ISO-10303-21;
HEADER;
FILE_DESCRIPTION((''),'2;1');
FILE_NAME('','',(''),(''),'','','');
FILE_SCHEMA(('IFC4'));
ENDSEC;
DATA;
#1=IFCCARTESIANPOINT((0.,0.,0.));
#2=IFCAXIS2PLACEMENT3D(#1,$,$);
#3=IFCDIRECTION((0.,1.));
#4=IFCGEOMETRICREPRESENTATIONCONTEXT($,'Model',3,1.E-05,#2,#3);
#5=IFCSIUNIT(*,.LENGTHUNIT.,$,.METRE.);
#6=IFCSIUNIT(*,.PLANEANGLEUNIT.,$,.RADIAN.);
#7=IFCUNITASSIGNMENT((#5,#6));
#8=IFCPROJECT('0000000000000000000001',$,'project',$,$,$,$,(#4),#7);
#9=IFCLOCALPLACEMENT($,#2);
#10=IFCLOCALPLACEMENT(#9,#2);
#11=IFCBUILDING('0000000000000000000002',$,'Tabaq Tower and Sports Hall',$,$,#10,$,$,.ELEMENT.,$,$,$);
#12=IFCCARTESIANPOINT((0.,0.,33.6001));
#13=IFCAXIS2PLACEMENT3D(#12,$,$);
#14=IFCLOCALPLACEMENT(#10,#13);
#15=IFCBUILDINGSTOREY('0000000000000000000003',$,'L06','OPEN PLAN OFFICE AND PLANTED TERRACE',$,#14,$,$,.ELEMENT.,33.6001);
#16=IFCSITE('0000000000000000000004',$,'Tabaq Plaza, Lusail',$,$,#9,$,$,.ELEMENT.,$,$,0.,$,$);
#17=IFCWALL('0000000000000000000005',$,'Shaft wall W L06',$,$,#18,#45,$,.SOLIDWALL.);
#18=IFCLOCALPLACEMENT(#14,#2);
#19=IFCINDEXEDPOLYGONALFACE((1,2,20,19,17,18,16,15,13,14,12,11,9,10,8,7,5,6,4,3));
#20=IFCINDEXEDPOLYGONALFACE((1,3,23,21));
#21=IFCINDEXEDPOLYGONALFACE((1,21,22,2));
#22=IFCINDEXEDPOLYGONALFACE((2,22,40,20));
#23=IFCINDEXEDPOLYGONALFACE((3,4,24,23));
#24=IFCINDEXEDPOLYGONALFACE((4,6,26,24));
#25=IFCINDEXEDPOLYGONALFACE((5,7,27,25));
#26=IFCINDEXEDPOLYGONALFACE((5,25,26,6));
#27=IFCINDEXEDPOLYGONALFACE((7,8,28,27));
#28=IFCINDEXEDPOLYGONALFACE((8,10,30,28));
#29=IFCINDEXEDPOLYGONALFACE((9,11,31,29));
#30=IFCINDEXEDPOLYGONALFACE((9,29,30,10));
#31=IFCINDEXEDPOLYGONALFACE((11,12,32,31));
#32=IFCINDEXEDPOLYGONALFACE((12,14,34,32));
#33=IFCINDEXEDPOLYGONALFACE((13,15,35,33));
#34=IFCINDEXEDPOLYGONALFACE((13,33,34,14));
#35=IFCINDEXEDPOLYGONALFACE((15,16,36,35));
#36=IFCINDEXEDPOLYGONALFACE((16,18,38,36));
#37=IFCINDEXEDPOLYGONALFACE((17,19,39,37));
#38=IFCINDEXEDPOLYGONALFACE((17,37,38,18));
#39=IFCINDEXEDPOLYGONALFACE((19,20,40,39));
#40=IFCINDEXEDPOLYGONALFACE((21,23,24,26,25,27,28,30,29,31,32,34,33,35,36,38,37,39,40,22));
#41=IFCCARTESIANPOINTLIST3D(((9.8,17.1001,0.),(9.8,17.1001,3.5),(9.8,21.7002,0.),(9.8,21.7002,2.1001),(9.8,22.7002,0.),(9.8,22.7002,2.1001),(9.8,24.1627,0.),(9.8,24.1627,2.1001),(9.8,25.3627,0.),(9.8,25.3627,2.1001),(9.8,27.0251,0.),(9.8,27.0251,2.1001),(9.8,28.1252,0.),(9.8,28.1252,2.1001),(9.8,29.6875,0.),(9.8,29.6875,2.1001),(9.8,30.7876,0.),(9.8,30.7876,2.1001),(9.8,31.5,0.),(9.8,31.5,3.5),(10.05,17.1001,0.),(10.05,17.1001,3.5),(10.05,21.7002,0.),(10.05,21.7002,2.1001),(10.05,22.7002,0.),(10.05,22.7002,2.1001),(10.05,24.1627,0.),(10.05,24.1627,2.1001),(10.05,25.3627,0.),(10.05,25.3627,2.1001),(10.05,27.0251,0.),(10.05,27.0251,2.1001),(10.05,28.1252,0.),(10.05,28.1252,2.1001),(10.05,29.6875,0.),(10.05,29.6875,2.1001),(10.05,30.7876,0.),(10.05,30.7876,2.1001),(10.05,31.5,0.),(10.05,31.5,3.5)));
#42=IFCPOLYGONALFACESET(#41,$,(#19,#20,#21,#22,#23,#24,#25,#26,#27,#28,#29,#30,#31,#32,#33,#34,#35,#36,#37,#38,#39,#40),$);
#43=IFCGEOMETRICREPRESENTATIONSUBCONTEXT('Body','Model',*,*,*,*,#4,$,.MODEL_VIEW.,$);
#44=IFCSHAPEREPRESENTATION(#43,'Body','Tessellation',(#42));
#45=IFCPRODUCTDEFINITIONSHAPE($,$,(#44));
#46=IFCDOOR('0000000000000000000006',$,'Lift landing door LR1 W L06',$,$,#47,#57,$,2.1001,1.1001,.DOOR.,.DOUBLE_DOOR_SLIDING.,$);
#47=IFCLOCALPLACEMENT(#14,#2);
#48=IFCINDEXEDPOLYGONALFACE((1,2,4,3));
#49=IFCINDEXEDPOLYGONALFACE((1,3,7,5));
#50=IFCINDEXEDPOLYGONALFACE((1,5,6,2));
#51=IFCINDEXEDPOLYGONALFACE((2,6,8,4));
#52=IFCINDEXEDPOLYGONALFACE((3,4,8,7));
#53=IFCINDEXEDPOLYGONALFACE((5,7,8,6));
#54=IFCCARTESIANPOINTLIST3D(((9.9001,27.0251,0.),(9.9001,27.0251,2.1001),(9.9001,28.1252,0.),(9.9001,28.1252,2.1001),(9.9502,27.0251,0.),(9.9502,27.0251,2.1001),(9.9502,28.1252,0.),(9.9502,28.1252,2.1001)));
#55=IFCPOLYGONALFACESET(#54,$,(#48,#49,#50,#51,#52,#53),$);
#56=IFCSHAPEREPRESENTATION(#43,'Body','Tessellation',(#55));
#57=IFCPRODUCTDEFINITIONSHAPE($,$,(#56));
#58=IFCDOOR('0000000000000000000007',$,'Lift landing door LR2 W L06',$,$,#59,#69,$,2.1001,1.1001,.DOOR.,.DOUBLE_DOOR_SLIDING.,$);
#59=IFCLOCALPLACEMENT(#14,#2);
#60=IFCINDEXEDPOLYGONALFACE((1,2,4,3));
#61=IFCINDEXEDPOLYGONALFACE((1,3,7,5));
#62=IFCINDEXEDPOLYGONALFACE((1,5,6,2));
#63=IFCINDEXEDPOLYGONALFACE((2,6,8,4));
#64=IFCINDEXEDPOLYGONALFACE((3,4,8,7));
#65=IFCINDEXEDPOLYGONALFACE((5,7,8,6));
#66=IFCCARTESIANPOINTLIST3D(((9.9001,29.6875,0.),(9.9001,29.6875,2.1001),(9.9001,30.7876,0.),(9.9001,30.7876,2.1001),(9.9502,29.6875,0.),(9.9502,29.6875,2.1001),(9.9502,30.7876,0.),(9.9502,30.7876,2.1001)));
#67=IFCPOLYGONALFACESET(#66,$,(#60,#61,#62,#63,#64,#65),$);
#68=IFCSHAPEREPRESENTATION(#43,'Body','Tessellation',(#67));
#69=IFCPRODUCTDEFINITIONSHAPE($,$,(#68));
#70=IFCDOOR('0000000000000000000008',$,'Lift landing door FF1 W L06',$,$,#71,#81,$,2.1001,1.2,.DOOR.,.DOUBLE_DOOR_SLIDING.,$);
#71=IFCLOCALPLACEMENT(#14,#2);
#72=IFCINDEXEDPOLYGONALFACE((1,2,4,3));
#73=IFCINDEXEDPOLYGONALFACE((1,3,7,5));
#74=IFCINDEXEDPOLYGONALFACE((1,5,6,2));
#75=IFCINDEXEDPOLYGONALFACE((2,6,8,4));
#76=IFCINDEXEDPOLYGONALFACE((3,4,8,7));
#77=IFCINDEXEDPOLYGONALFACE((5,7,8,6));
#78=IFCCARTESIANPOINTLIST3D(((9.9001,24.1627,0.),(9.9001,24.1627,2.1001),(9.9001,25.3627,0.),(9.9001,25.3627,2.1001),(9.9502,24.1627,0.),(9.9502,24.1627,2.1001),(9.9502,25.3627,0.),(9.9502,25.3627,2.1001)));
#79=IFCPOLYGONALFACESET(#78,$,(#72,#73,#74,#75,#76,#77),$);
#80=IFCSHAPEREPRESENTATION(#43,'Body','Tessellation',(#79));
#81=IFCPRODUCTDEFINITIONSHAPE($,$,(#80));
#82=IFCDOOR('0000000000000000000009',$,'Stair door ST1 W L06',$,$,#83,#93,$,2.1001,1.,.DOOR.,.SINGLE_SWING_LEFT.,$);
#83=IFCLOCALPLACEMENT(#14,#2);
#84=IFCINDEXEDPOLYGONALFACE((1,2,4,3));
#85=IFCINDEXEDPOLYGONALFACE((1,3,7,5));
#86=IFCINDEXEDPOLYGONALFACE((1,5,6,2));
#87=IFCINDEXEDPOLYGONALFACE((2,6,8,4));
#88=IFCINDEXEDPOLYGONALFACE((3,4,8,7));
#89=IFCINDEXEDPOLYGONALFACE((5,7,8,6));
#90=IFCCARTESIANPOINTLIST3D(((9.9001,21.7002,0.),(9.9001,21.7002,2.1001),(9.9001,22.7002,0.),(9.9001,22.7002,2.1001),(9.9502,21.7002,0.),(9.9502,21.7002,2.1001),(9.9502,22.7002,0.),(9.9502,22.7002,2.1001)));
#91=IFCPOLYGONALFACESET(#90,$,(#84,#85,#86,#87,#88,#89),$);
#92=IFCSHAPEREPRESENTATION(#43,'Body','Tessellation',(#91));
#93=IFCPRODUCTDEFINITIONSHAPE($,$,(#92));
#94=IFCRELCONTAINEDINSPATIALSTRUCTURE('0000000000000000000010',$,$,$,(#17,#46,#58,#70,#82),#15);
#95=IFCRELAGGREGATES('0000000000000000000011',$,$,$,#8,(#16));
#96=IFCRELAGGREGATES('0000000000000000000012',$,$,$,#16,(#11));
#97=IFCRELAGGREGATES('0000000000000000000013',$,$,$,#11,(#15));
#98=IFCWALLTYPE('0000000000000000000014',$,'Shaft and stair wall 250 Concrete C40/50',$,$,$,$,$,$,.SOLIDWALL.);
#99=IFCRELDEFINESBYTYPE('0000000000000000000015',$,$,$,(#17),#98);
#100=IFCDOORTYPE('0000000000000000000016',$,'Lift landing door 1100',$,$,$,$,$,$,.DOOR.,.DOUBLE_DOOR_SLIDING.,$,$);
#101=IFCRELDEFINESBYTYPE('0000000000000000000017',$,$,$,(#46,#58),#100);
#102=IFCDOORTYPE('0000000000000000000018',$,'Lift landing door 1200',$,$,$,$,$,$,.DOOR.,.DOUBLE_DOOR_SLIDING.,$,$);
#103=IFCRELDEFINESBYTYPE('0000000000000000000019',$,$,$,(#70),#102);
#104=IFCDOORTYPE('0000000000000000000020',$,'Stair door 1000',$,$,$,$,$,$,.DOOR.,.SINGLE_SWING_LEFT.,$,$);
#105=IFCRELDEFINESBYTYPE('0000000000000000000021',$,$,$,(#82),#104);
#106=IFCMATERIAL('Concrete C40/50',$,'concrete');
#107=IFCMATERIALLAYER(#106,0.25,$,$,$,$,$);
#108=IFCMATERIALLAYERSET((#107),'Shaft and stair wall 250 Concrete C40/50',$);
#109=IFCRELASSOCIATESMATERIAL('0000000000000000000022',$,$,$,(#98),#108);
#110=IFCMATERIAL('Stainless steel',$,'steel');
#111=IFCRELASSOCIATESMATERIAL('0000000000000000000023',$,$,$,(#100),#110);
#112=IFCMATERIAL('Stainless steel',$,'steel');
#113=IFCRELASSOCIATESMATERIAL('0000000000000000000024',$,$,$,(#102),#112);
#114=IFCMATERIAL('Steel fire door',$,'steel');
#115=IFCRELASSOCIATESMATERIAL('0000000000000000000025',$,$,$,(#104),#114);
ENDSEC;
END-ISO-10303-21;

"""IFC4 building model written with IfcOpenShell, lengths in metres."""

from ifc_helpers import new_model, si_unit, direction, frame, frame_2d, origin, place, context, subcontext, project, spatial, rectangle, extrude, material, layer, layer_set, type_object, element, fill, save


model = new_model("IFC4")

# Units and contexts
model_context = context("Model", 3, precision=1e-05, world=origin(), true_north=direction((0.0, 1.0)))
body_context = subcontext(model_context, "Body", "Model", "MODEL_VIEW")
ifc_project = project(units=[si_unit("LENGTHUNIT", "METRE"), si_unit("PLANEANGLEUNIT", "RADIAN")], contexts=[model_context])

# Site, building, storey
site_placement = place(None, origin())
site = spatial("IfcSite", under=ifc_project, at=site_placement, Name="Tabaq Plaza, Lusail", CompositionType="ELEMENT", RefElevation=0.0)
building_placement = place(site_placement, origin())
building = spatial("IfcBuilding", under=site, at=building_placement, Name="Tabaq Tower and Sports Hall", CompositionType="ELEMENT")
storey_placement = place(building_placement, frame((0.0, 0.0, 33.6001)))
storey = spatial("IfcBuildingStorey", under=building, at=storey_placement, Name="L06", Description="OPEN PLAN OFFICE AND PLANTED TERRACE", CompositionType="ELEMENT", Elevation=33.6001)

# Wall, openings, doors
ifc_material_1 = material(Name="Concrete C40/50", Category="concrete")
ifc_layer_1 = layer(ifc_material_1, 0.25)
ifc_layer_set_1 = layer_set([ifc_layer_1], Name="Shaft and stair wall 250 Concrete C40/50")
wall_type_1 = type_object("IfcWallType", Name="Shaft and stair wall 250 Concrete C40/50", PredefinedType="SOLIDWALL", material=ifc_layer_set_1)
wall_1_placement = place(storey_placement, frame((9.925, 17.1001, 0.0), z_axis=(0.0, 0.0, 1.0), x_axis=(0.0, 1.0, 0.0)))
wall_1 = element("IfcWall", 1, at=wall_1_placement, inside=storey, type_object=wall_type_1, Name="Shaft wall W L06", PredefinedType="SOLIDWALL", context=body_context, shape_type="SweptSolid", body=[
    extrude(rectangle(XDim=14.3999, YDim=0.25, at=frame_2d((7.2, 0.0))), origin(), (0.0, 0.0, 1.0), 3.5),
])
opening_1_placement = place(wall_1_placement, frame((4.6001, 0.0, 0.0)))
opening_1 = element("IfcOpeningElement", 2, at=opening_1_placement, cuts=wall_1, PredefinedType="OPENING", context=body_context, shape_type="SweptSolid", body=[
    extrude(rectangle(XDim=1.0, YDim=2.1001, at=frame_2d((0.5, 1.05))), frame((0.0, 0.125, 0.0), z_axis=(0.0, -1.0, 0.0), x_axis=(1.0, 0.0, 0.0)), (0.0, 0.0, 1.0), 0.25),
])
opening_2_placement = place(wall_1_placement, frame((7.0625, 0.0, 0.0)))
opening_2 = element("IfcOpeningElement", 3, at=opening_2_placement, cuts=wall_1, PredefinedType="OPENING", context=body_context, shape_type="SweptSolid", body=[
    extrude(rectangle(XDim=1.2, YDim=2.1001, at=frame_2d((0.6001, 1.05))), frame((0.0, 0.125, 0.0), z_axis=(0.0, -1.0, 0.0), x_axis=(1.0, 0.0, 0.0)), (0.0, 0.0, 1.0), 0.25),
])
opening_3_placement = place(wall_1_placement, frame((9.925, 0.0, 0.0)))
opening_3 = element("IfcOpeningElement", 4, at=opening_3_placement, cuts=wall_1, PredefinedType="OPENING", context=body_context, shape_type="SweptSolid", body=[
    extrude(rectangle(XDim=1.1001, YDim=2.1001, at=frame_2d((0.55, 1.05))), frame((0.0, 0.125, 0.0), z_axis=(0.0, -1.0, 0.0), x_axis=(1.0, 0.0, 0.0)), (0.0, 0.0, 1.0), 0.25),
])
opening_4_placement = place(wall_1_placement, frame((12.5874, 0.0, 0.0)))
opening_4 = element("IfcOpeningElement", 5, at=opening_4_placement, cuts=wall_1, PredefinedType="OPENING", context=body_context, shape_type="SweptSolid", body=[
    extrude(rectangle(XDim=1.1001, YDim=2.1001, at=frame_2d((0.55, 1.05))), frame((0.0, 0.125, 0.0), z_axis=(0.0, -1.0, 0.0), x_axis=(1.0, 0.0, 0.0)), (0.0, 0.0, 1.0), 0.25),
])
ifc_material_2 = material(Name="Stainless steel", Category="steel")
door_type_1 = type_object("IfcDoorType", Name="Lift landing door 1100", OperationType="DOUBLE_DOOR_SLIDING", PredefinedType="DOOR", material=ifc_material_2)
door_1_placement = place(opening_3_placement, origin())
door_1 = element("IfcDoor", 6, at=door_1_placement, inside=storey, type_object=door_type_1, Name="Lift landing door LR1 W L06", OperationType="DOUBLE_DOOR_SLIDING", OverallHeight=2.1001, OverallWidth=1.1001, PredefinedType="DOOR", context=body_context, shape_type="SweptSolid", body=[
    extrude(rectangle(XDim=1.1001, YDim=2.1001, at=frame_2d((0.55, 1.05))), frame((0.0, 0.0249, 0.0), z_axis=(0.0, -1.0, 0.0), x_axis=(1.0, 0.0, 0.0)), (0.0, 0.0, 1.0), 0.05),
])
fill(opening_3, door_1)
door_2_placement = place(opening_4_placement, origin())
door_2 = element("IfcDoor", 7, at=door_2_placement, inside=storey, type_object=door_type_1, Name="Lift landing door LR2 W L06", OperationType="DOUBLE_DOOR_SLIDING", OverallHeight=2.1001, OverallWidth=1.1001, PredefinedType="DOOR", context=body_context, shape_type="SweptSolid", body=[
    extrude(rectangle(XDim=1.1001, YDim=2.1001, at=frame_2d((0.55, 1.05))), frame((0.0, 0.0249, 0.0), z_axis=(0.0, -1.0, 0.0), x_axis=(1.0, 0.0, 0.0)), (0.0, 0.0, 1.0), 0.05),
])
fill(opening_4, door_2)
ifc_material_3 = material(Name="Stainless steel", Category="steel")
door_type_2 = type_object("IfcDoorType", Name="Lift landing door 1200", OperationType="DOUBLE_DOOR_SLIDING", PredefinedType="DOOR", material=ifc_material_3)
door_3_placement = place(opening_2_placement, origin())
door_3 = element("IfcDoor", 8, at=door_3_placement, inside=storey, type_object=door_type_2, Name="Lift landing door FF1 W L06", OperationType="DOUBLE_DOOR_SLIDING", OverallHeight=2.1001, OverallWidth=1.2, PredefinedType="DOOR", context=body_context, shape_type="SweptSolid", body=[
    extrude(rectangle(XDim=1.2, YDim=2.1001, at=frame_2d((0.6001, 1.05))), frame((0.0, 0.0249, 0.0), z_axis=(0.0, -1.0, 0.0), x_axis=(1.0, 0.0, 0.0)), (0.0, 0.0, 1.0), 0.05),
])
fill(opening_2, door_3)
ifc_material_4 = material(Name="Steel fire door", Category="steel")
door_type_3 = type_object("IfcDoorType", Name="Stair door 1000", OperationType="SINGLE_SWING_LEFT", PredefinedType="DOOR", material=ifc_material_4)
door_4_placement = place(opening_1_placement, origin())
door_4 = element("IfcDoor", 9, at=door_4_placement, inside=storey, type_object=door_type_3, Name="Stair door ST1 W L06", OperationType="SINGLE_SWING_LEFT", OverallHeight=2.1001, OverallWidth=1.0, PredefinedType="DOOR", context=body_context, shape_type="SweptSolid", body=[
    extrude(rectangle(XDim=1.0, YDim=2.1001, at=frame_2d((0.5, 1.05))), frame((0.0, 0.0249, 0.0), z_axis=(0.0, -1.0, 0.0), x_axis=(1.0, 0.0, 0.0)), (0.0, 0.0, 1.0), 0.05),
])
fill(opening_1, door_4)

save(model, "model.ifc")
